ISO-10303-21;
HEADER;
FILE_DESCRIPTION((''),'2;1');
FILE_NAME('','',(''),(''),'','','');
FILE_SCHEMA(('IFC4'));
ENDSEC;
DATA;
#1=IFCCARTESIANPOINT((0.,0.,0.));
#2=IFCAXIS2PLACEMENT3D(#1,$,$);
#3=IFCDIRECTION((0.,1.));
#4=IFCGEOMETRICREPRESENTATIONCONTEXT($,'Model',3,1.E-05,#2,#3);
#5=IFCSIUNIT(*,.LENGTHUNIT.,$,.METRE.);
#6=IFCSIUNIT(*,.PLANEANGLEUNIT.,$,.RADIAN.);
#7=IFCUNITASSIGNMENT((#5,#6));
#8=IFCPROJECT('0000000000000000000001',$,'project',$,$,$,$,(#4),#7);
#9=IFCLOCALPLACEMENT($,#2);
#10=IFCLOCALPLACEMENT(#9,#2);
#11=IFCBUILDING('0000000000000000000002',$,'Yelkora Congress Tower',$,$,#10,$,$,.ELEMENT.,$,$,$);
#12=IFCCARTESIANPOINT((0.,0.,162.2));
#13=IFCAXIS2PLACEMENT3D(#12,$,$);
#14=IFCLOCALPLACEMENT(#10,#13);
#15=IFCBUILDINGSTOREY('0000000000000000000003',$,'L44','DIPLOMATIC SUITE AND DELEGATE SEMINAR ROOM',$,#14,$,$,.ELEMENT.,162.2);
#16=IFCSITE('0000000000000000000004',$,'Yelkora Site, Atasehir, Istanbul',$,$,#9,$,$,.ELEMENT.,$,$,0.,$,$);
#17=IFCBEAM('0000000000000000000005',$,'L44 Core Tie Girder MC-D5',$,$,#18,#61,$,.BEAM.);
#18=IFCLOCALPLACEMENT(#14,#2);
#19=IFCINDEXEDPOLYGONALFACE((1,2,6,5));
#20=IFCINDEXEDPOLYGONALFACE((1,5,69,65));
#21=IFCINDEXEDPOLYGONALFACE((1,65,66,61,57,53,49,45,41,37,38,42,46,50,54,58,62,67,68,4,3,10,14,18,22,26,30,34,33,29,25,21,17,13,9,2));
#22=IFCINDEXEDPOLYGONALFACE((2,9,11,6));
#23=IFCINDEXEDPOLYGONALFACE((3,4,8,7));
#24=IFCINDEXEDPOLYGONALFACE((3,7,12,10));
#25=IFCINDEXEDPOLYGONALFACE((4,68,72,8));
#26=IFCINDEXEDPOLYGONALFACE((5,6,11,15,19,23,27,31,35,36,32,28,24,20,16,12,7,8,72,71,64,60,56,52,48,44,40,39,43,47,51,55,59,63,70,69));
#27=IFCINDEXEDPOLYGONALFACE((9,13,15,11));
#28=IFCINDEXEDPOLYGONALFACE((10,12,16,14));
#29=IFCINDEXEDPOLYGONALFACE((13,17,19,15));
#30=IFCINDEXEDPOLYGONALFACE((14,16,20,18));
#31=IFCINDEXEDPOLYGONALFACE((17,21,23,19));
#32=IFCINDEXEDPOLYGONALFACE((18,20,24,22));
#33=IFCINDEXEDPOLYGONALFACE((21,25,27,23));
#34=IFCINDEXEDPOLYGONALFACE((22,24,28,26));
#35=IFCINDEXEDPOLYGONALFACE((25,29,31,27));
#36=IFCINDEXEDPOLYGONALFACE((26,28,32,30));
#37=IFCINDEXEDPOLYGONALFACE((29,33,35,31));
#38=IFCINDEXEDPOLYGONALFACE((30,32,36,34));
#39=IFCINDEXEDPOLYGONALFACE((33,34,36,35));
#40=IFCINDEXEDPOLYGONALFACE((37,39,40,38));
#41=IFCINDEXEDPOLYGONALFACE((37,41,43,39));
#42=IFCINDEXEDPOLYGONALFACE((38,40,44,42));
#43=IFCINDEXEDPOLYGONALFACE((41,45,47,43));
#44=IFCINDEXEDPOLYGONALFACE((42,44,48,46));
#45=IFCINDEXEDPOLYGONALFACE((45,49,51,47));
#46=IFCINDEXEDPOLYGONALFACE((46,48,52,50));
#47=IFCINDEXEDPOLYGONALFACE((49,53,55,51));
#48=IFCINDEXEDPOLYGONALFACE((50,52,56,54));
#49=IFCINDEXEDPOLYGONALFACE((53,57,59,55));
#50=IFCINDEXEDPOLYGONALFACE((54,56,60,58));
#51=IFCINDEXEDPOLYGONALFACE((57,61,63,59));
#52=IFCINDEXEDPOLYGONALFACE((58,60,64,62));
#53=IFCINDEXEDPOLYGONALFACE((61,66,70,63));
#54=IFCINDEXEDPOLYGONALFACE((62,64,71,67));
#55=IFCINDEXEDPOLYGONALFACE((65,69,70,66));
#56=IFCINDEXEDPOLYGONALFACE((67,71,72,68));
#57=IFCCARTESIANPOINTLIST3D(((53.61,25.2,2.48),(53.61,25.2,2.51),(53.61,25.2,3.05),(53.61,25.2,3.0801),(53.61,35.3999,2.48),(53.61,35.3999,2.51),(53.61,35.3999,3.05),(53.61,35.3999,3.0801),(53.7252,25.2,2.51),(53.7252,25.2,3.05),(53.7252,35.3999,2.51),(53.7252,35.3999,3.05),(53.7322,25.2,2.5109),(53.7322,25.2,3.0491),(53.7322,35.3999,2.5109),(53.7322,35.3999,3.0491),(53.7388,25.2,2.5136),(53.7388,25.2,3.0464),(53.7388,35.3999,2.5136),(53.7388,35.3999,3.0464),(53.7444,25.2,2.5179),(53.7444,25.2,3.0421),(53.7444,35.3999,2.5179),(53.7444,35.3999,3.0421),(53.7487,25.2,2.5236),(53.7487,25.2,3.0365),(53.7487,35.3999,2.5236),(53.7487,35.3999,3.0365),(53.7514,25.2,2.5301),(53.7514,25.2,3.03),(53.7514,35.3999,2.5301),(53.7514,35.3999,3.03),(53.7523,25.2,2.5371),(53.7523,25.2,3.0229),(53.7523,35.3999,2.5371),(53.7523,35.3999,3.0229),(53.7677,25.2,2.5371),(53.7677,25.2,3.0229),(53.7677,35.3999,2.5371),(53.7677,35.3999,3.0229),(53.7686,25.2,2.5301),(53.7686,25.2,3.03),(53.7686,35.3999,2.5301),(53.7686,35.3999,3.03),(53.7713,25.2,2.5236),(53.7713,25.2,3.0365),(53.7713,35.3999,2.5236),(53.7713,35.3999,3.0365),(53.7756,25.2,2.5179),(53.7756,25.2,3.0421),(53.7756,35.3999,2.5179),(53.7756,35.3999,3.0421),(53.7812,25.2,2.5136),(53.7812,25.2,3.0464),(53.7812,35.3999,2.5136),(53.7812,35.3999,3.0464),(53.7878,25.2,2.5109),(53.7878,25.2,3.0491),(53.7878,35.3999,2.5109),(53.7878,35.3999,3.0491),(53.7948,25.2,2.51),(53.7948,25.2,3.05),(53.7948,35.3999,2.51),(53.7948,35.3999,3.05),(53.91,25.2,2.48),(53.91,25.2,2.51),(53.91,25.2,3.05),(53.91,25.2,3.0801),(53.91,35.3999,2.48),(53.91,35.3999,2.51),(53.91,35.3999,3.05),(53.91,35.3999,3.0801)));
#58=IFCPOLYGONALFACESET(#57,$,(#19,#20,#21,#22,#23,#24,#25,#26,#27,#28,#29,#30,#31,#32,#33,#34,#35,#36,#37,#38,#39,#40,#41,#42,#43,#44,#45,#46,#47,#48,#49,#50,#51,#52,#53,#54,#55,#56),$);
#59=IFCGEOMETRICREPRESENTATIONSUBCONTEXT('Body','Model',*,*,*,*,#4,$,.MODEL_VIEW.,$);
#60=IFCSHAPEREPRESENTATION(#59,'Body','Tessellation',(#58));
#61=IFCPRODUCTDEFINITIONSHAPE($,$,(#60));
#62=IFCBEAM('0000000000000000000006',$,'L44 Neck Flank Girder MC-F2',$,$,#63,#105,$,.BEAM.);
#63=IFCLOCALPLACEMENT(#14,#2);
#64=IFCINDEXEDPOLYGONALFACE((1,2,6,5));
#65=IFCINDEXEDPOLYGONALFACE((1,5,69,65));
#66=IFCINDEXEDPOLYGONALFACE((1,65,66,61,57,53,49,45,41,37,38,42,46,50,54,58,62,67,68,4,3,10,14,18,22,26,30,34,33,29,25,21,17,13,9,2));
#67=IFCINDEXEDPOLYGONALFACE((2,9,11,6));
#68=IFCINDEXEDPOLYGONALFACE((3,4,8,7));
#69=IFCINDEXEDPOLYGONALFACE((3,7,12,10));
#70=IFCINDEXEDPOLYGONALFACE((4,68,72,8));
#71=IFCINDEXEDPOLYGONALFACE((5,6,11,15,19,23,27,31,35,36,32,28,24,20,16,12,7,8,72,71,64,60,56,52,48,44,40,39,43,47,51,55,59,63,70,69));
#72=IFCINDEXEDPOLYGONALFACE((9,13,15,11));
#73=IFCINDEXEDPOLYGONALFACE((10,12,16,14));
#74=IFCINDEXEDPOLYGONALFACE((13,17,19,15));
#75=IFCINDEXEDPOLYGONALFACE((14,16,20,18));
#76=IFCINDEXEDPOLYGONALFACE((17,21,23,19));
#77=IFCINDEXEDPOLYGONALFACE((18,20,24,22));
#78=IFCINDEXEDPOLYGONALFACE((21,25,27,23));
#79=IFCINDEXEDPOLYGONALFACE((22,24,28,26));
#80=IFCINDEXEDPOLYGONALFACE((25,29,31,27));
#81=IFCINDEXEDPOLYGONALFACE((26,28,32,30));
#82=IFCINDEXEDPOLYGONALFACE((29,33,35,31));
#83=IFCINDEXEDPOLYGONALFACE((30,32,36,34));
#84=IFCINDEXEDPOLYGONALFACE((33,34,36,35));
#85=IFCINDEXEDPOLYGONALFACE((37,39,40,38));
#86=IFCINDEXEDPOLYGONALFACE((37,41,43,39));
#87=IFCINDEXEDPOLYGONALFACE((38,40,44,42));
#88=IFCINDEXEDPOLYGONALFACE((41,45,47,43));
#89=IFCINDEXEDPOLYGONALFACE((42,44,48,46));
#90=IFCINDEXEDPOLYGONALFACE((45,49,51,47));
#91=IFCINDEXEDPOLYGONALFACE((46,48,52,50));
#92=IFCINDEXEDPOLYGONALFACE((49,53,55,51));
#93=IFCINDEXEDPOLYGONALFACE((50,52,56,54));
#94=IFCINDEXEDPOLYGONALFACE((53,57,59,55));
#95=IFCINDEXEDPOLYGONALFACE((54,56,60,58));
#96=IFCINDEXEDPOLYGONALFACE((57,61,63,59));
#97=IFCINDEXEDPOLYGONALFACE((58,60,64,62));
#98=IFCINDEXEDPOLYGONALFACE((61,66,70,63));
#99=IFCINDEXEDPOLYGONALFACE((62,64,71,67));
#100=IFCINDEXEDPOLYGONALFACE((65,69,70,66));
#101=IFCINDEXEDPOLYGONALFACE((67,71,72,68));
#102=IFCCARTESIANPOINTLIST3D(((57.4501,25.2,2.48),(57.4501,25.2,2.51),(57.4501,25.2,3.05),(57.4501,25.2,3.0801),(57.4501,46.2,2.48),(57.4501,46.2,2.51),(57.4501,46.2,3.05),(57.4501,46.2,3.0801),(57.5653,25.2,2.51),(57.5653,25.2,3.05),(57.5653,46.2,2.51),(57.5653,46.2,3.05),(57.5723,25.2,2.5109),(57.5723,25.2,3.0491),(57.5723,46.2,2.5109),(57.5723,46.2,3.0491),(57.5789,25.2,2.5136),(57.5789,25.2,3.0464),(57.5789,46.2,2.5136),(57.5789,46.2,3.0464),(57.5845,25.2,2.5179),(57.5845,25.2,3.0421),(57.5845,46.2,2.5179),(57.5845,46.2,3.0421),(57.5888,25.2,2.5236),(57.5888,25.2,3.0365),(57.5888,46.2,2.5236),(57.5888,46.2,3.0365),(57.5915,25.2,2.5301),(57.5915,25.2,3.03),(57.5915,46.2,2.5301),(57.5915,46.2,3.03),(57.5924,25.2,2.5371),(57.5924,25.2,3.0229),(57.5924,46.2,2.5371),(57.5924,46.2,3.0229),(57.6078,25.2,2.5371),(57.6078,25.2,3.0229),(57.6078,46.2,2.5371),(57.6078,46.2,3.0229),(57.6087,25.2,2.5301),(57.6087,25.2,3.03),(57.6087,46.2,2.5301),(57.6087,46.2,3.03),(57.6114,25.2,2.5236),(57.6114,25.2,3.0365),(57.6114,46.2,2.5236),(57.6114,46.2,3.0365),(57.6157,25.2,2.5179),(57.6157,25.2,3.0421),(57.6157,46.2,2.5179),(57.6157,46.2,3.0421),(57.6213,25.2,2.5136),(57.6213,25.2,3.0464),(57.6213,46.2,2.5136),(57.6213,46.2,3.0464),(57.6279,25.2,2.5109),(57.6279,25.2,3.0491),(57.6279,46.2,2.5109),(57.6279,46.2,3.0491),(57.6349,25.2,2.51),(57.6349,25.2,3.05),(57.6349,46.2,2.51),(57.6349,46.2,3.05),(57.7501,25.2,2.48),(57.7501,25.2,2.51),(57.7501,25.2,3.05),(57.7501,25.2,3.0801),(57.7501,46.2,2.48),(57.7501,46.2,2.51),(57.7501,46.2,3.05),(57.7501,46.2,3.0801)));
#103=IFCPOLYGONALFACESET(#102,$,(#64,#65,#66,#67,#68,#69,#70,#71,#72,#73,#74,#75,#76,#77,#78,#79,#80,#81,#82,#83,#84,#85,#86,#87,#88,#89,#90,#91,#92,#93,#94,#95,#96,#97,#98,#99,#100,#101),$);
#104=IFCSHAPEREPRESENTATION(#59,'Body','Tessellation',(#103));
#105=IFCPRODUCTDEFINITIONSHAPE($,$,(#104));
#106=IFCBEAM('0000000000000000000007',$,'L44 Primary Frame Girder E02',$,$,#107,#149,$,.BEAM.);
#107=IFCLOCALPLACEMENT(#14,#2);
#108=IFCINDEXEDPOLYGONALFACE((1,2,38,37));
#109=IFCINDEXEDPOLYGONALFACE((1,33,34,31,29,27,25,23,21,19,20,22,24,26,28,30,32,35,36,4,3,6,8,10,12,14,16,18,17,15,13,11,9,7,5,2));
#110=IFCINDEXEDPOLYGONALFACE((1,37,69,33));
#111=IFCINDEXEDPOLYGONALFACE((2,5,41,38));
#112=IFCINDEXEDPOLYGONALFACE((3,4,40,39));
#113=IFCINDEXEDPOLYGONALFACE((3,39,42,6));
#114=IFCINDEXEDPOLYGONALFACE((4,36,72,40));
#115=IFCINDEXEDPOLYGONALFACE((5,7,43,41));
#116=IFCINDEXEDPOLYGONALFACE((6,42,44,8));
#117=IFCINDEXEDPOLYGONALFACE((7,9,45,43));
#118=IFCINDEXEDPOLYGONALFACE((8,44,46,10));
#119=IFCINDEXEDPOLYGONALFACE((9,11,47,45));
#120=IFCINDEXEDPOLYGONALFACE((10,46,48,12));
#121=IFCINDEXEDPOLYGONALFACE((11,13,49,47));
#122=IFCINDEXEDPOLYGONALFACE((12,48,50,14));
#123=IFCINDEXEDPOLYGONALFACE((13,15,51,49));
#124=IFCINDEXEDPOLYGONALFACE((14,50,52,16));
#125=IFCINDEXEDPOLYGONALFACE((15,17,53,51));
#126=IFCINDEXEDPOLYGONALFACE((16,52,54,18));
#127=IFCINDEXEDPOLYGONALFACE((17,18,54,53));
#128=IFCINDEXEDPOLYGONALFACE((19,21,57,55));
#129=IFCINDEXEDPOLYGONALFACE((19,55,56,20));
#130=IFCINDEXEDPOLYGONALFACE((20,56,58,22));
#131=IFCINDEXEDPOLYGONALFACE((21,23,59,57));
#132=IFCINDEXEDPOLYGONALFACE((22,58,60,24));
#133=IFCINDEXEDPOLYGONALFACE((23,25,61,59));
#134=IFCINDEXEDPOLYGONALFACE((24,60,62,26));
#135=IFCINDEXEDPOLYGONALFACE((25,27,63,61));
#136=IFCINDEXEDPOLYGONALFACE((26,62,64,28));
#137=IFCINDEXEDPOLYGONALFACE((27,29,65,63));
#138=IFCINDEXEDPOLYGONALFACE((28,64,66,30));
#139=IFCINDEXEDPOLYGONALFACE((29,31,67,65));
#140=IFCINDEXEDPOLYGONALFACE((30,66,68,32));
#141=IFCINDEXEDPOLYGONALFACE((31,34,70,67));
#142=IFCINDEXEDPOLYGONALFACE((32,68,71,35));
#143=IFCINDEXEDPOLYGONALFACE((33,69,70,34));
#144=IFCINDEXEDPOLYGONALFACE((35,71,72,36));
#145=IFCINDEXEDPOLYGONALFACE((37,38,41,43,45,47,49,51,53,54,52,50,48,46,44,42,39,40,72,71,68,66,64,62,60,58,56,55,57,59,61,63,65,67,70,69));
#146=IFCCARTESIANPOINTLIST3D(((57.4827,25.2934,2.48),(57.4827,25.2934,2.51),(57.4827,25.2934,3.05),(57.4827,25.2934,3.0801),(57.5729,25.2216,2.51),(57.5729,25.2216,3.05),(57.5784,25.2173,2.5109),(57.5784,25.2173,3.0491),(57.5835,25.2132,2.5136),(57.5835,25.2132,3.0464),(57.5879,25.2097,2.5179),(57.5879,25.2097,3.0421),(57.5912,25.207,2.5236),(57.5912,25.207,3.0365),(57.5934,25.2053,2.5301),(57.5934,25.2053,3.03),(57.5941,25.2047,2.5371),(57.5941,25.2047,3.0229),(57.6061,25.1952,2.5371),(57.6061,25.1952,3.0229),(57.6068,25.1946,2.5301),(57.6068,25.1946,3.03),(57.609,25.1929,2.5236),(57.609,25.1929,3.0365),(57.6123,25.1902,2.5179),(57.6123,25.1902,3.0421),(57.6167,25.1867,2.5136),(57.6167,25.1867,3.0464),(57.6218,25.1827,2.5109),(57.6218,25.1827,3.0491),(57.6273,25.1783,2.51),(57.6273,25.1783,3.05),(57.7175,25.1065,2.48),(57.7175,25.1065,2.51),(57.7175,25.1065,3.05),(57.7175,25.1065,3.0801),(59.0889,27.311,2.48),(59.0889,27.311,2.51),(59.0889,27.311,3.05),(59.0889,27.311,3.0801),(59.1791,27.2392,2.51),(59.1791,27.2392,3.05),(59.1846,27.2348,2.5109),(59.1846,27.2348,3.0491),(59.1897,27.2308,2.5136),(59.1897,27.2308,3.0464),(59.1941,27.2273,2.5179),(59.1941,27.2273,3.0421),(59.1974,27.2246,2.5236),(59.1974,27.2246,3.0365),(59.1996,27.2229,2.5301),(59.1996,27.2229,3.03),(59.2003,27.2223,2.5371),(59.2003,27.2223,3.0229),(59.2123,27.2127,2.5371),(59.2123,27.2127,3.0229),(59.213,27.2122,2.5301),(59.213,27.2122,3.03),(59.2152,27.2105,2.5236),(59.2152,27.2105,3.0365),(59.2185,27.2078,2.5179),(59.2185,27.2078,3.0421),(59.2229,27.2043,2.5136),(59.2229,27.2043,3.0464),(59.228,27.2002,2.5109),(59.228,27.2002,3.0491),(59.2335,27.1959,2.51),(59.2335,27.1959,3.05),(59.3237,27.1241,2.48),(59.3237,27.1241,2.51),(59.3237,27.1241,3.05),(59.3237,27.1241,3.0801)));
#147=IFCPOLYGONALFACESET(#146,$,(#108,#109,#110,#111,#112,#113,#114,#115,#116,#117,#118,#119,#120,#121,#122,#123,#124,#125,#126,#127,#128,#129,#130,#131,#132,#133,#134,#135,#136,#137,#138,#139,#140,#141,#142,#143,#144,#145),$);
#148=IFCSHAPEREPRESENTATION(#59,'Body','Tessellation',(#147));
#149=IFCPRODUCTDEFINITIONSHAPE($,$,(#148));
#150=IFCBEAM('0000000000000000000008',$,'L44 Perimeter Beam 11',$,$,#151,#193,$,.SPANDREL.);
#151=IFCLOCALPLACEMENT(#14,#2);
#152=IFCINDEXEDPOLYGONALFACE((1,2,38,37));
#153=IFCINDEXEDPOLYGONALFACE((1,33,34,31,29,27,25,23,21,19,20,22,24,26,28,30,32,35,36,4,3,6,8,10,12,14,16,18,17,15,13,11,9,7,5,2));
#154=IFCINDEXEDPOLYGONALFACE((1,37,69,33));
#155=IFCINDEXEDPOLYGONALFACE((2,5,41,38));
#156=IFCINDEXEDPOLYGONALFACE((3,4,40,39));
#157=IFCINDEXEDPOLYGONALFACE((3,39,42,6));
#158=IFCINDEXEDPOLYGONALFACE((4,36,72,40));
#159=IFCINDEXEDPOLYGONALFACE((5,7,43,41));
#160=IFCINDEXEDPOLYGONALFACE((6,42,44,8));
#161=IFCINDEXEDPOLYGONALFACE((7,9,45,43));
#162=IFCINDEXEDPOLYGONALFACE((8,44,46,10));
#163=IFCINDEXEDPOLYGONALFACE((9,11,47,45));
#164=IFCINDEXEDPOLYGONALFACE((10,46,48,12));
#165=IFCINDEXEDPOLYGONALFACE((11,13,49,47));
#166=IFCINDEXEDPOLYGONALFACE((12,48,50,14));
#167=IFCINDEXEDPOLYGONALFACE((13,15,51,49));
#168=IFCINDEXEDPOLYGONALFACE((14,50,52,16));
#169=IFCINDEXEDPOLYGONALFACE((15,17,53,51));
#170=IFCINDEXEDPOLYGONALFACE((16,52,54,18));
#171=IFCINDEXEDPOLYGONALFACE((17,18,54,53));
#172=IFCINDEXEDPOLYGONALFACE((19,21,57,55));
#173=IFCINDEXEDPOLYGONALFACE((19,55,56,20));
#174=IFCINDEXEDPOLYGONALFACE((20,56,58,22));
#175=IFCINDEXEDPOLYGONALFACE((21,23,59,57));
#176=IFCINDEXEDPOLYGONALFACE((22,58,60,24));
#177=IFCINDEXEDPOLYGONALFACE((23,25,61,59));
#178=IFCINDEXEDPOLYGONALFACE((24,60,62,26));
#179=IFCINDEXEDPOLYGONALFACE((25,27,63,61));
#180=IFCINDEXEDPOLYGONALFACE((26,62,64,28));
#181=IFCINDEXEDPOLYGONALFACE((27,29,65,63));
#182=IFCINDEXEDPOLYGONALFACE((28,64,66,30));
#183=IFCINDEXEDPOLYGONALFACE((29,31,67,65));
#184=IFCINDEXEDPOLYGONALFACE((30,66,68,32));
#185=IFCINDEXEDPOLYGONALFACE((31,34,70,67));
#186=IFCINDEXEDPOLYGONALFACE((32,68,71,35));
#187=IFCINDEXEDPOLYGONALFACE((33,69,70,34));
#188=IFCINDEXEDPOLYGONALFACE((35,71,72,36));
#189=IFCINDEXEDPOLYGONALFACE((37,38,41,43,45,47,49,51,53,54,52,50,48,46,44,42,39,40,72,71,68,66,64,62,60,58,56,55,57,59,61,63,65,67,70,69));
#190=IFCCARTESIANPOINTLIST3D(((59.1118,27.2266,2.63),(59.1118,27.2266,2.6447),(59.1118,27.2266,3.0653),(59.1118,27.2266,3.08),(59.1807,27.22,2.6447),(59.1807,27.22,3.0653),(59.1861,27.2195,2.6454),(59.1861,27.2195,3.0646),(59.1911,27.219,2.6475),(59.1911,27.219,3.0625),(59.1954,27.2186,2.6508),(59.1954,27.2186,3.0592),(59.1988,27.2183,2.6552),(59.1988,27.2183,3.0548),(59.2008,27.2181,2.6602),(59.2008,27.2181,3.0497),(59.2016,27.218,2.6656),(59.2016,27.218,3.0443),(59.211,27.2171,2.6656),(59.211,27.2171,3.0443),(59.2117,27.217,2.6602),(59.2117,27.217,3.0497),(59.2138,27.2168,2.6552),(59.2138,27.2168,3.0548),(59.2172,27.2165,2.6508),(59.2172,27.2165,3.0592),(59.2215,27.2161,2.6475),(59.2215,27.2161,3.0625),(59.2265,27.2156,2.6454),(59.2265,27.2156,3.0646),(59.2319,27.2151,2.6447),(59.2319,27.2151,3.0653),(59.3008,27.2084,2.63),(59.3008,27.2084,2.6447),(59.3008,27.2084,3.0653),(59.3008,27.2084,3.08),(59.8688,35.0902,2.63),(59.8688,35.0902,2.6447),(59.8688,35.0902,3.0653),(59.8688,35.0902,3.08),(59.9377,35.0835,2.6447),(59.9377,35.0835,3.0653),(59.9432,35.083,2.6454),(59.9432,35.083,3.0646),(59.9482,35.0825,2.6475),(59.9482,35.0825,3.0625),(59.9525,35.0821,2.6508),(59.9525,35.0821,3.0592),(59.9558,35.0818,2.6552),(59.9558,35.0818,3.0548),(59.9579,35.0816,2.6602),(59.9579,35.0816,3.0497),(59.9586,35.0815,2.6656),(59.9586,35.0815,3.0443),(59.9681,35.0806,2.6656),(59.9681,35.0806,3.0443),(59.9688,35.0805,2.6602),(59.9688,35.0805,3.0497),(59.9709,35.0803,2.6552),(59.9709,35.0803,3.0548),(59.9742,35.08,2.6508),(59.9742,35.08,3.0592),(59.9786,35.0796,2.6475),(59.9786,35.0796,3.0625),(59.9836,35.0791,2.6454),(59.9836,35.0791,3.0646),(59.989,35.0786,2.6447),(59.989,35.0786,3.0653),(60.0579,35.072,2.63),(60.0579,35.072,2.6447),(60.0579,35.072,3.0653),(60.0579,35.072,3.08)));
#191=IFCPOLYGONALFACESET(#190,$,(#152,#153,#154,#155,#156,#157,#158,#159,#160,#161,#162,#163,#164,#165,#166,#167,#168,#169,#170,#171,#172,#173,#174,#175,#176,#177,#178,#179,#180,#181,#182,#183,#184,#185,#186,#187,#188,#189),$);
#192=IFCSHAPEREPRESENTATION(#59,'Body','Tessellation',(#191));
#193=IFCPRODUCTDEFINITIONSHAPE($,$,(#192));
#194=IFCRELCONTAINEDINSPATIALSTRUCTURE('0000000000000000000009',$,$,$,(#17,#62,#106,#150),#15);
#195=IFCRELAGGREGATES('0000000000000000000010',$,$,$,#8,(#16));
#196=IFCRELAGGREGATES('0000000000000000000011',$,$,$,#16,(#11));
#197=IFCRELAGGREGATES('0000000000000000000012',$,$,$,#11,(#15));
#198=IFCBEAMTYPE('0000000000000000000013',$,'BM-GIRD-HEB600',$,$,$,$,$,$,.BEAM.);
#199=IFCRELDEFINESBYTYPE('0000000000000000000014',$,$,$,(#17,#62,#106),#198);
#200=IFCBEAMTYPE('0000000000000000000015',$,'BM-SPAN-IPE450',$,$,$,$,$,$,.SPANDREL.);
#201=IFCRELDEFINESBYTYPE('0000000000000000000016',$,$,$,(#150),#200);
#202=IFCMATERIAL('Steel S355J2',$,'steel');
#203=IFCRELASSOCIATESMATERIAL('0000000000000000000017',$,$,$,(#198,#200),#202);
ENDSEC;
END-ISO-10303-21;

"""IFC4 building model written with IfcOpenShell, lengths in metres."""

from ifc_helpers import new_model, si_unit, direction, frame, origin, origin_2d, place, context, subcontext, project, spatial, i_section, extrude, material, material_profile, profile_set, type_object, element, save


model = new_model("IFC4")

# Units and contexts
model_context = context("Model", 3, precision=1e-05, world=origin(), true_north=direction((0.0, 1.0)))
body_context = subcontext(model_context, "Body", "Model", "MODEL_VIEW")
ifc_project = project(units=[si_unit("LENGTHUNIT", "METRE"), si_unit("PLANEANGLEUNIT", "RADIAN")], contexts=[model_context])

# Site, building, storey
site_placement = place(None, origin())
site = spatial("IfcSite", under=ifc_project, at=site_placement, Name="Yelkora Site, Atasehir, Istanbul", CompositionType="ELEMENT", RefElevation=0.0)
building_placement = place(site_placement, origin())
building = spatial("IfcBuilding", under=site, at=building_placement, Name="Yelkora Congress Tower", CompositionType="ELEMENT")
storey_placement = place(building_placement, frame((0.0, 0.0, 162.2)))
storey = spatial("IfcBuildingStorey", under=building, at=storey_placement, Name="L44", Description="DIPLOMATIC SUITE AND DELEGATE SEMINAR ROOM", CompositionType="ELEMENT", Elevation=162.2)

# Beams
ifc_material_1 = material(Name="Steel S355J2", Category="steel")
ifc_material_profile_1 = material_profile(ifc_material_1, i_section(OverallWidth=0.3, OverallDepth=0.6001, WebThickness=0.0154, FlangeThickness=0.03, FilletRadius=0.0271, at=origin_2d()), Name="HEB 600")
ifc_profile_set_1 = profile_set([ifc_material_profile_1], Name="Steel S355J2")
beam_type_1 = type_object("IfcBeamType", Name="BM-GIRD-HEB600", PredefinedType="BEAM", material=ifc_profile_set_1)
beam_1_placement = place(storey_placement, frame((53.76, 25.2, 2.78), z_axis=(0.0, 1.0, 0.0), x_axis=(-1.0, 0.0, 0.0)))
element("IfcBeam", 1, at=beam_1_placement, inside=storey, type_object=beam_type_1, Name="L44 Core Tie Girder MC-D5", PredefinedType="BEAM", context=body_context, shape_type="SweptSolid", body=[
    extrude(i_section(OverallWidth=0.3, OverallDepth=0.6001, WebThickness=0.0154, FlangeThickness=0.03, FilletRadius=0.0271, at=origin_2d()), origin(), (0.0, 0.0, 1.0), 10.2),
])
beam_2_placement = place(storey_placement, frame((57.6001, 25.2, 2.78), z_axis=(0.0, 1.0, 0.0), x_axis=(-1.0, 0.0, 0.0)))
element("IfcBeam", 2, at=beam_2_placement, inside=storey, type_object=beam_type_1, Name="L44 Neck Flank Girder MC-F2", PredefinedType="BEAM", context=body_context, shape_type="SweptSolid", body=[
    extrude(i_section(OverallWidth=0.3, OverallDepth=0.6001, WebThickness=0.0154, FlangeThickness=0.03, FilletRadius=0.0271, at=origin_2d()), origin(), (0.0, 0.0, 1.0), 21.0),
])
beam_3_placement = place(storey_placement, frame((59.2063, 27.2175, 2.78), z_axis=(-0.622835, -0.782354, 0.0), x_axis=(0.782354, -0.622835, 0.0)))
element("IfcBeam", 3, at=beam_3_placement, inside=storey, type_object=beam_type_1, Name="L44 Primary Frame Girder E02", PredefinedType="BEAM", context=body_context, shape_type="SweptSolid", body=[
    extrude(i_section(OverallWidth=0.3, OverallDepth=0.6001, WebThickness=0.0154, FlangeThickness=0.03, FilletRadius=0.0271, at=origin_2d()), origin(), (0.0, 0.0, 1.0), 2.5789),
])
ifc_material_profile_2 = material_profile(ifc_material_1, i_section(OverallWidth=0.1899, OverallDepth=0.45, WebThickness=0.0095, FlangeThickness=0.0146, FilletRadius=0.021, at=origin_2d()), Name="IPE 450")
ifc_profile_set_2 = profile_set([ifc_material_profile_2], Name="Steel S355J2")
beam_type_2 = type_object("IfcBeamType", Name="BM-SPAN-IPE450", PredefinedType="SPANDREL", material=ifc_profile_set_2)
beam_4_placement = place(storey_placement, frame((59.2063, 27.2175, 2.855), z_axis=(0.095834, 0.995397, 0.0), x_axis=(-0.995397, 0.095834, 0.0)))
element("IfcBeam", 4, at=beam_4_placement, inside=storey, type_object=beam_type_2, Name="L44 Perimeter Beam 11", PredefinedType="SPANDREL", context=body_context, shape_type="SweptSolid", body=[
    extrude(i_section(OverallWidth=0.1899, OverallDepth=0.45, WebThickness=0.0095, FlangeThickness=0.0146, FilletRadius=0.021, at=origin_2d()), origin(), (0.0, 0.0, 1.0), 7.8999),
])

save(model, "model.ifc")
